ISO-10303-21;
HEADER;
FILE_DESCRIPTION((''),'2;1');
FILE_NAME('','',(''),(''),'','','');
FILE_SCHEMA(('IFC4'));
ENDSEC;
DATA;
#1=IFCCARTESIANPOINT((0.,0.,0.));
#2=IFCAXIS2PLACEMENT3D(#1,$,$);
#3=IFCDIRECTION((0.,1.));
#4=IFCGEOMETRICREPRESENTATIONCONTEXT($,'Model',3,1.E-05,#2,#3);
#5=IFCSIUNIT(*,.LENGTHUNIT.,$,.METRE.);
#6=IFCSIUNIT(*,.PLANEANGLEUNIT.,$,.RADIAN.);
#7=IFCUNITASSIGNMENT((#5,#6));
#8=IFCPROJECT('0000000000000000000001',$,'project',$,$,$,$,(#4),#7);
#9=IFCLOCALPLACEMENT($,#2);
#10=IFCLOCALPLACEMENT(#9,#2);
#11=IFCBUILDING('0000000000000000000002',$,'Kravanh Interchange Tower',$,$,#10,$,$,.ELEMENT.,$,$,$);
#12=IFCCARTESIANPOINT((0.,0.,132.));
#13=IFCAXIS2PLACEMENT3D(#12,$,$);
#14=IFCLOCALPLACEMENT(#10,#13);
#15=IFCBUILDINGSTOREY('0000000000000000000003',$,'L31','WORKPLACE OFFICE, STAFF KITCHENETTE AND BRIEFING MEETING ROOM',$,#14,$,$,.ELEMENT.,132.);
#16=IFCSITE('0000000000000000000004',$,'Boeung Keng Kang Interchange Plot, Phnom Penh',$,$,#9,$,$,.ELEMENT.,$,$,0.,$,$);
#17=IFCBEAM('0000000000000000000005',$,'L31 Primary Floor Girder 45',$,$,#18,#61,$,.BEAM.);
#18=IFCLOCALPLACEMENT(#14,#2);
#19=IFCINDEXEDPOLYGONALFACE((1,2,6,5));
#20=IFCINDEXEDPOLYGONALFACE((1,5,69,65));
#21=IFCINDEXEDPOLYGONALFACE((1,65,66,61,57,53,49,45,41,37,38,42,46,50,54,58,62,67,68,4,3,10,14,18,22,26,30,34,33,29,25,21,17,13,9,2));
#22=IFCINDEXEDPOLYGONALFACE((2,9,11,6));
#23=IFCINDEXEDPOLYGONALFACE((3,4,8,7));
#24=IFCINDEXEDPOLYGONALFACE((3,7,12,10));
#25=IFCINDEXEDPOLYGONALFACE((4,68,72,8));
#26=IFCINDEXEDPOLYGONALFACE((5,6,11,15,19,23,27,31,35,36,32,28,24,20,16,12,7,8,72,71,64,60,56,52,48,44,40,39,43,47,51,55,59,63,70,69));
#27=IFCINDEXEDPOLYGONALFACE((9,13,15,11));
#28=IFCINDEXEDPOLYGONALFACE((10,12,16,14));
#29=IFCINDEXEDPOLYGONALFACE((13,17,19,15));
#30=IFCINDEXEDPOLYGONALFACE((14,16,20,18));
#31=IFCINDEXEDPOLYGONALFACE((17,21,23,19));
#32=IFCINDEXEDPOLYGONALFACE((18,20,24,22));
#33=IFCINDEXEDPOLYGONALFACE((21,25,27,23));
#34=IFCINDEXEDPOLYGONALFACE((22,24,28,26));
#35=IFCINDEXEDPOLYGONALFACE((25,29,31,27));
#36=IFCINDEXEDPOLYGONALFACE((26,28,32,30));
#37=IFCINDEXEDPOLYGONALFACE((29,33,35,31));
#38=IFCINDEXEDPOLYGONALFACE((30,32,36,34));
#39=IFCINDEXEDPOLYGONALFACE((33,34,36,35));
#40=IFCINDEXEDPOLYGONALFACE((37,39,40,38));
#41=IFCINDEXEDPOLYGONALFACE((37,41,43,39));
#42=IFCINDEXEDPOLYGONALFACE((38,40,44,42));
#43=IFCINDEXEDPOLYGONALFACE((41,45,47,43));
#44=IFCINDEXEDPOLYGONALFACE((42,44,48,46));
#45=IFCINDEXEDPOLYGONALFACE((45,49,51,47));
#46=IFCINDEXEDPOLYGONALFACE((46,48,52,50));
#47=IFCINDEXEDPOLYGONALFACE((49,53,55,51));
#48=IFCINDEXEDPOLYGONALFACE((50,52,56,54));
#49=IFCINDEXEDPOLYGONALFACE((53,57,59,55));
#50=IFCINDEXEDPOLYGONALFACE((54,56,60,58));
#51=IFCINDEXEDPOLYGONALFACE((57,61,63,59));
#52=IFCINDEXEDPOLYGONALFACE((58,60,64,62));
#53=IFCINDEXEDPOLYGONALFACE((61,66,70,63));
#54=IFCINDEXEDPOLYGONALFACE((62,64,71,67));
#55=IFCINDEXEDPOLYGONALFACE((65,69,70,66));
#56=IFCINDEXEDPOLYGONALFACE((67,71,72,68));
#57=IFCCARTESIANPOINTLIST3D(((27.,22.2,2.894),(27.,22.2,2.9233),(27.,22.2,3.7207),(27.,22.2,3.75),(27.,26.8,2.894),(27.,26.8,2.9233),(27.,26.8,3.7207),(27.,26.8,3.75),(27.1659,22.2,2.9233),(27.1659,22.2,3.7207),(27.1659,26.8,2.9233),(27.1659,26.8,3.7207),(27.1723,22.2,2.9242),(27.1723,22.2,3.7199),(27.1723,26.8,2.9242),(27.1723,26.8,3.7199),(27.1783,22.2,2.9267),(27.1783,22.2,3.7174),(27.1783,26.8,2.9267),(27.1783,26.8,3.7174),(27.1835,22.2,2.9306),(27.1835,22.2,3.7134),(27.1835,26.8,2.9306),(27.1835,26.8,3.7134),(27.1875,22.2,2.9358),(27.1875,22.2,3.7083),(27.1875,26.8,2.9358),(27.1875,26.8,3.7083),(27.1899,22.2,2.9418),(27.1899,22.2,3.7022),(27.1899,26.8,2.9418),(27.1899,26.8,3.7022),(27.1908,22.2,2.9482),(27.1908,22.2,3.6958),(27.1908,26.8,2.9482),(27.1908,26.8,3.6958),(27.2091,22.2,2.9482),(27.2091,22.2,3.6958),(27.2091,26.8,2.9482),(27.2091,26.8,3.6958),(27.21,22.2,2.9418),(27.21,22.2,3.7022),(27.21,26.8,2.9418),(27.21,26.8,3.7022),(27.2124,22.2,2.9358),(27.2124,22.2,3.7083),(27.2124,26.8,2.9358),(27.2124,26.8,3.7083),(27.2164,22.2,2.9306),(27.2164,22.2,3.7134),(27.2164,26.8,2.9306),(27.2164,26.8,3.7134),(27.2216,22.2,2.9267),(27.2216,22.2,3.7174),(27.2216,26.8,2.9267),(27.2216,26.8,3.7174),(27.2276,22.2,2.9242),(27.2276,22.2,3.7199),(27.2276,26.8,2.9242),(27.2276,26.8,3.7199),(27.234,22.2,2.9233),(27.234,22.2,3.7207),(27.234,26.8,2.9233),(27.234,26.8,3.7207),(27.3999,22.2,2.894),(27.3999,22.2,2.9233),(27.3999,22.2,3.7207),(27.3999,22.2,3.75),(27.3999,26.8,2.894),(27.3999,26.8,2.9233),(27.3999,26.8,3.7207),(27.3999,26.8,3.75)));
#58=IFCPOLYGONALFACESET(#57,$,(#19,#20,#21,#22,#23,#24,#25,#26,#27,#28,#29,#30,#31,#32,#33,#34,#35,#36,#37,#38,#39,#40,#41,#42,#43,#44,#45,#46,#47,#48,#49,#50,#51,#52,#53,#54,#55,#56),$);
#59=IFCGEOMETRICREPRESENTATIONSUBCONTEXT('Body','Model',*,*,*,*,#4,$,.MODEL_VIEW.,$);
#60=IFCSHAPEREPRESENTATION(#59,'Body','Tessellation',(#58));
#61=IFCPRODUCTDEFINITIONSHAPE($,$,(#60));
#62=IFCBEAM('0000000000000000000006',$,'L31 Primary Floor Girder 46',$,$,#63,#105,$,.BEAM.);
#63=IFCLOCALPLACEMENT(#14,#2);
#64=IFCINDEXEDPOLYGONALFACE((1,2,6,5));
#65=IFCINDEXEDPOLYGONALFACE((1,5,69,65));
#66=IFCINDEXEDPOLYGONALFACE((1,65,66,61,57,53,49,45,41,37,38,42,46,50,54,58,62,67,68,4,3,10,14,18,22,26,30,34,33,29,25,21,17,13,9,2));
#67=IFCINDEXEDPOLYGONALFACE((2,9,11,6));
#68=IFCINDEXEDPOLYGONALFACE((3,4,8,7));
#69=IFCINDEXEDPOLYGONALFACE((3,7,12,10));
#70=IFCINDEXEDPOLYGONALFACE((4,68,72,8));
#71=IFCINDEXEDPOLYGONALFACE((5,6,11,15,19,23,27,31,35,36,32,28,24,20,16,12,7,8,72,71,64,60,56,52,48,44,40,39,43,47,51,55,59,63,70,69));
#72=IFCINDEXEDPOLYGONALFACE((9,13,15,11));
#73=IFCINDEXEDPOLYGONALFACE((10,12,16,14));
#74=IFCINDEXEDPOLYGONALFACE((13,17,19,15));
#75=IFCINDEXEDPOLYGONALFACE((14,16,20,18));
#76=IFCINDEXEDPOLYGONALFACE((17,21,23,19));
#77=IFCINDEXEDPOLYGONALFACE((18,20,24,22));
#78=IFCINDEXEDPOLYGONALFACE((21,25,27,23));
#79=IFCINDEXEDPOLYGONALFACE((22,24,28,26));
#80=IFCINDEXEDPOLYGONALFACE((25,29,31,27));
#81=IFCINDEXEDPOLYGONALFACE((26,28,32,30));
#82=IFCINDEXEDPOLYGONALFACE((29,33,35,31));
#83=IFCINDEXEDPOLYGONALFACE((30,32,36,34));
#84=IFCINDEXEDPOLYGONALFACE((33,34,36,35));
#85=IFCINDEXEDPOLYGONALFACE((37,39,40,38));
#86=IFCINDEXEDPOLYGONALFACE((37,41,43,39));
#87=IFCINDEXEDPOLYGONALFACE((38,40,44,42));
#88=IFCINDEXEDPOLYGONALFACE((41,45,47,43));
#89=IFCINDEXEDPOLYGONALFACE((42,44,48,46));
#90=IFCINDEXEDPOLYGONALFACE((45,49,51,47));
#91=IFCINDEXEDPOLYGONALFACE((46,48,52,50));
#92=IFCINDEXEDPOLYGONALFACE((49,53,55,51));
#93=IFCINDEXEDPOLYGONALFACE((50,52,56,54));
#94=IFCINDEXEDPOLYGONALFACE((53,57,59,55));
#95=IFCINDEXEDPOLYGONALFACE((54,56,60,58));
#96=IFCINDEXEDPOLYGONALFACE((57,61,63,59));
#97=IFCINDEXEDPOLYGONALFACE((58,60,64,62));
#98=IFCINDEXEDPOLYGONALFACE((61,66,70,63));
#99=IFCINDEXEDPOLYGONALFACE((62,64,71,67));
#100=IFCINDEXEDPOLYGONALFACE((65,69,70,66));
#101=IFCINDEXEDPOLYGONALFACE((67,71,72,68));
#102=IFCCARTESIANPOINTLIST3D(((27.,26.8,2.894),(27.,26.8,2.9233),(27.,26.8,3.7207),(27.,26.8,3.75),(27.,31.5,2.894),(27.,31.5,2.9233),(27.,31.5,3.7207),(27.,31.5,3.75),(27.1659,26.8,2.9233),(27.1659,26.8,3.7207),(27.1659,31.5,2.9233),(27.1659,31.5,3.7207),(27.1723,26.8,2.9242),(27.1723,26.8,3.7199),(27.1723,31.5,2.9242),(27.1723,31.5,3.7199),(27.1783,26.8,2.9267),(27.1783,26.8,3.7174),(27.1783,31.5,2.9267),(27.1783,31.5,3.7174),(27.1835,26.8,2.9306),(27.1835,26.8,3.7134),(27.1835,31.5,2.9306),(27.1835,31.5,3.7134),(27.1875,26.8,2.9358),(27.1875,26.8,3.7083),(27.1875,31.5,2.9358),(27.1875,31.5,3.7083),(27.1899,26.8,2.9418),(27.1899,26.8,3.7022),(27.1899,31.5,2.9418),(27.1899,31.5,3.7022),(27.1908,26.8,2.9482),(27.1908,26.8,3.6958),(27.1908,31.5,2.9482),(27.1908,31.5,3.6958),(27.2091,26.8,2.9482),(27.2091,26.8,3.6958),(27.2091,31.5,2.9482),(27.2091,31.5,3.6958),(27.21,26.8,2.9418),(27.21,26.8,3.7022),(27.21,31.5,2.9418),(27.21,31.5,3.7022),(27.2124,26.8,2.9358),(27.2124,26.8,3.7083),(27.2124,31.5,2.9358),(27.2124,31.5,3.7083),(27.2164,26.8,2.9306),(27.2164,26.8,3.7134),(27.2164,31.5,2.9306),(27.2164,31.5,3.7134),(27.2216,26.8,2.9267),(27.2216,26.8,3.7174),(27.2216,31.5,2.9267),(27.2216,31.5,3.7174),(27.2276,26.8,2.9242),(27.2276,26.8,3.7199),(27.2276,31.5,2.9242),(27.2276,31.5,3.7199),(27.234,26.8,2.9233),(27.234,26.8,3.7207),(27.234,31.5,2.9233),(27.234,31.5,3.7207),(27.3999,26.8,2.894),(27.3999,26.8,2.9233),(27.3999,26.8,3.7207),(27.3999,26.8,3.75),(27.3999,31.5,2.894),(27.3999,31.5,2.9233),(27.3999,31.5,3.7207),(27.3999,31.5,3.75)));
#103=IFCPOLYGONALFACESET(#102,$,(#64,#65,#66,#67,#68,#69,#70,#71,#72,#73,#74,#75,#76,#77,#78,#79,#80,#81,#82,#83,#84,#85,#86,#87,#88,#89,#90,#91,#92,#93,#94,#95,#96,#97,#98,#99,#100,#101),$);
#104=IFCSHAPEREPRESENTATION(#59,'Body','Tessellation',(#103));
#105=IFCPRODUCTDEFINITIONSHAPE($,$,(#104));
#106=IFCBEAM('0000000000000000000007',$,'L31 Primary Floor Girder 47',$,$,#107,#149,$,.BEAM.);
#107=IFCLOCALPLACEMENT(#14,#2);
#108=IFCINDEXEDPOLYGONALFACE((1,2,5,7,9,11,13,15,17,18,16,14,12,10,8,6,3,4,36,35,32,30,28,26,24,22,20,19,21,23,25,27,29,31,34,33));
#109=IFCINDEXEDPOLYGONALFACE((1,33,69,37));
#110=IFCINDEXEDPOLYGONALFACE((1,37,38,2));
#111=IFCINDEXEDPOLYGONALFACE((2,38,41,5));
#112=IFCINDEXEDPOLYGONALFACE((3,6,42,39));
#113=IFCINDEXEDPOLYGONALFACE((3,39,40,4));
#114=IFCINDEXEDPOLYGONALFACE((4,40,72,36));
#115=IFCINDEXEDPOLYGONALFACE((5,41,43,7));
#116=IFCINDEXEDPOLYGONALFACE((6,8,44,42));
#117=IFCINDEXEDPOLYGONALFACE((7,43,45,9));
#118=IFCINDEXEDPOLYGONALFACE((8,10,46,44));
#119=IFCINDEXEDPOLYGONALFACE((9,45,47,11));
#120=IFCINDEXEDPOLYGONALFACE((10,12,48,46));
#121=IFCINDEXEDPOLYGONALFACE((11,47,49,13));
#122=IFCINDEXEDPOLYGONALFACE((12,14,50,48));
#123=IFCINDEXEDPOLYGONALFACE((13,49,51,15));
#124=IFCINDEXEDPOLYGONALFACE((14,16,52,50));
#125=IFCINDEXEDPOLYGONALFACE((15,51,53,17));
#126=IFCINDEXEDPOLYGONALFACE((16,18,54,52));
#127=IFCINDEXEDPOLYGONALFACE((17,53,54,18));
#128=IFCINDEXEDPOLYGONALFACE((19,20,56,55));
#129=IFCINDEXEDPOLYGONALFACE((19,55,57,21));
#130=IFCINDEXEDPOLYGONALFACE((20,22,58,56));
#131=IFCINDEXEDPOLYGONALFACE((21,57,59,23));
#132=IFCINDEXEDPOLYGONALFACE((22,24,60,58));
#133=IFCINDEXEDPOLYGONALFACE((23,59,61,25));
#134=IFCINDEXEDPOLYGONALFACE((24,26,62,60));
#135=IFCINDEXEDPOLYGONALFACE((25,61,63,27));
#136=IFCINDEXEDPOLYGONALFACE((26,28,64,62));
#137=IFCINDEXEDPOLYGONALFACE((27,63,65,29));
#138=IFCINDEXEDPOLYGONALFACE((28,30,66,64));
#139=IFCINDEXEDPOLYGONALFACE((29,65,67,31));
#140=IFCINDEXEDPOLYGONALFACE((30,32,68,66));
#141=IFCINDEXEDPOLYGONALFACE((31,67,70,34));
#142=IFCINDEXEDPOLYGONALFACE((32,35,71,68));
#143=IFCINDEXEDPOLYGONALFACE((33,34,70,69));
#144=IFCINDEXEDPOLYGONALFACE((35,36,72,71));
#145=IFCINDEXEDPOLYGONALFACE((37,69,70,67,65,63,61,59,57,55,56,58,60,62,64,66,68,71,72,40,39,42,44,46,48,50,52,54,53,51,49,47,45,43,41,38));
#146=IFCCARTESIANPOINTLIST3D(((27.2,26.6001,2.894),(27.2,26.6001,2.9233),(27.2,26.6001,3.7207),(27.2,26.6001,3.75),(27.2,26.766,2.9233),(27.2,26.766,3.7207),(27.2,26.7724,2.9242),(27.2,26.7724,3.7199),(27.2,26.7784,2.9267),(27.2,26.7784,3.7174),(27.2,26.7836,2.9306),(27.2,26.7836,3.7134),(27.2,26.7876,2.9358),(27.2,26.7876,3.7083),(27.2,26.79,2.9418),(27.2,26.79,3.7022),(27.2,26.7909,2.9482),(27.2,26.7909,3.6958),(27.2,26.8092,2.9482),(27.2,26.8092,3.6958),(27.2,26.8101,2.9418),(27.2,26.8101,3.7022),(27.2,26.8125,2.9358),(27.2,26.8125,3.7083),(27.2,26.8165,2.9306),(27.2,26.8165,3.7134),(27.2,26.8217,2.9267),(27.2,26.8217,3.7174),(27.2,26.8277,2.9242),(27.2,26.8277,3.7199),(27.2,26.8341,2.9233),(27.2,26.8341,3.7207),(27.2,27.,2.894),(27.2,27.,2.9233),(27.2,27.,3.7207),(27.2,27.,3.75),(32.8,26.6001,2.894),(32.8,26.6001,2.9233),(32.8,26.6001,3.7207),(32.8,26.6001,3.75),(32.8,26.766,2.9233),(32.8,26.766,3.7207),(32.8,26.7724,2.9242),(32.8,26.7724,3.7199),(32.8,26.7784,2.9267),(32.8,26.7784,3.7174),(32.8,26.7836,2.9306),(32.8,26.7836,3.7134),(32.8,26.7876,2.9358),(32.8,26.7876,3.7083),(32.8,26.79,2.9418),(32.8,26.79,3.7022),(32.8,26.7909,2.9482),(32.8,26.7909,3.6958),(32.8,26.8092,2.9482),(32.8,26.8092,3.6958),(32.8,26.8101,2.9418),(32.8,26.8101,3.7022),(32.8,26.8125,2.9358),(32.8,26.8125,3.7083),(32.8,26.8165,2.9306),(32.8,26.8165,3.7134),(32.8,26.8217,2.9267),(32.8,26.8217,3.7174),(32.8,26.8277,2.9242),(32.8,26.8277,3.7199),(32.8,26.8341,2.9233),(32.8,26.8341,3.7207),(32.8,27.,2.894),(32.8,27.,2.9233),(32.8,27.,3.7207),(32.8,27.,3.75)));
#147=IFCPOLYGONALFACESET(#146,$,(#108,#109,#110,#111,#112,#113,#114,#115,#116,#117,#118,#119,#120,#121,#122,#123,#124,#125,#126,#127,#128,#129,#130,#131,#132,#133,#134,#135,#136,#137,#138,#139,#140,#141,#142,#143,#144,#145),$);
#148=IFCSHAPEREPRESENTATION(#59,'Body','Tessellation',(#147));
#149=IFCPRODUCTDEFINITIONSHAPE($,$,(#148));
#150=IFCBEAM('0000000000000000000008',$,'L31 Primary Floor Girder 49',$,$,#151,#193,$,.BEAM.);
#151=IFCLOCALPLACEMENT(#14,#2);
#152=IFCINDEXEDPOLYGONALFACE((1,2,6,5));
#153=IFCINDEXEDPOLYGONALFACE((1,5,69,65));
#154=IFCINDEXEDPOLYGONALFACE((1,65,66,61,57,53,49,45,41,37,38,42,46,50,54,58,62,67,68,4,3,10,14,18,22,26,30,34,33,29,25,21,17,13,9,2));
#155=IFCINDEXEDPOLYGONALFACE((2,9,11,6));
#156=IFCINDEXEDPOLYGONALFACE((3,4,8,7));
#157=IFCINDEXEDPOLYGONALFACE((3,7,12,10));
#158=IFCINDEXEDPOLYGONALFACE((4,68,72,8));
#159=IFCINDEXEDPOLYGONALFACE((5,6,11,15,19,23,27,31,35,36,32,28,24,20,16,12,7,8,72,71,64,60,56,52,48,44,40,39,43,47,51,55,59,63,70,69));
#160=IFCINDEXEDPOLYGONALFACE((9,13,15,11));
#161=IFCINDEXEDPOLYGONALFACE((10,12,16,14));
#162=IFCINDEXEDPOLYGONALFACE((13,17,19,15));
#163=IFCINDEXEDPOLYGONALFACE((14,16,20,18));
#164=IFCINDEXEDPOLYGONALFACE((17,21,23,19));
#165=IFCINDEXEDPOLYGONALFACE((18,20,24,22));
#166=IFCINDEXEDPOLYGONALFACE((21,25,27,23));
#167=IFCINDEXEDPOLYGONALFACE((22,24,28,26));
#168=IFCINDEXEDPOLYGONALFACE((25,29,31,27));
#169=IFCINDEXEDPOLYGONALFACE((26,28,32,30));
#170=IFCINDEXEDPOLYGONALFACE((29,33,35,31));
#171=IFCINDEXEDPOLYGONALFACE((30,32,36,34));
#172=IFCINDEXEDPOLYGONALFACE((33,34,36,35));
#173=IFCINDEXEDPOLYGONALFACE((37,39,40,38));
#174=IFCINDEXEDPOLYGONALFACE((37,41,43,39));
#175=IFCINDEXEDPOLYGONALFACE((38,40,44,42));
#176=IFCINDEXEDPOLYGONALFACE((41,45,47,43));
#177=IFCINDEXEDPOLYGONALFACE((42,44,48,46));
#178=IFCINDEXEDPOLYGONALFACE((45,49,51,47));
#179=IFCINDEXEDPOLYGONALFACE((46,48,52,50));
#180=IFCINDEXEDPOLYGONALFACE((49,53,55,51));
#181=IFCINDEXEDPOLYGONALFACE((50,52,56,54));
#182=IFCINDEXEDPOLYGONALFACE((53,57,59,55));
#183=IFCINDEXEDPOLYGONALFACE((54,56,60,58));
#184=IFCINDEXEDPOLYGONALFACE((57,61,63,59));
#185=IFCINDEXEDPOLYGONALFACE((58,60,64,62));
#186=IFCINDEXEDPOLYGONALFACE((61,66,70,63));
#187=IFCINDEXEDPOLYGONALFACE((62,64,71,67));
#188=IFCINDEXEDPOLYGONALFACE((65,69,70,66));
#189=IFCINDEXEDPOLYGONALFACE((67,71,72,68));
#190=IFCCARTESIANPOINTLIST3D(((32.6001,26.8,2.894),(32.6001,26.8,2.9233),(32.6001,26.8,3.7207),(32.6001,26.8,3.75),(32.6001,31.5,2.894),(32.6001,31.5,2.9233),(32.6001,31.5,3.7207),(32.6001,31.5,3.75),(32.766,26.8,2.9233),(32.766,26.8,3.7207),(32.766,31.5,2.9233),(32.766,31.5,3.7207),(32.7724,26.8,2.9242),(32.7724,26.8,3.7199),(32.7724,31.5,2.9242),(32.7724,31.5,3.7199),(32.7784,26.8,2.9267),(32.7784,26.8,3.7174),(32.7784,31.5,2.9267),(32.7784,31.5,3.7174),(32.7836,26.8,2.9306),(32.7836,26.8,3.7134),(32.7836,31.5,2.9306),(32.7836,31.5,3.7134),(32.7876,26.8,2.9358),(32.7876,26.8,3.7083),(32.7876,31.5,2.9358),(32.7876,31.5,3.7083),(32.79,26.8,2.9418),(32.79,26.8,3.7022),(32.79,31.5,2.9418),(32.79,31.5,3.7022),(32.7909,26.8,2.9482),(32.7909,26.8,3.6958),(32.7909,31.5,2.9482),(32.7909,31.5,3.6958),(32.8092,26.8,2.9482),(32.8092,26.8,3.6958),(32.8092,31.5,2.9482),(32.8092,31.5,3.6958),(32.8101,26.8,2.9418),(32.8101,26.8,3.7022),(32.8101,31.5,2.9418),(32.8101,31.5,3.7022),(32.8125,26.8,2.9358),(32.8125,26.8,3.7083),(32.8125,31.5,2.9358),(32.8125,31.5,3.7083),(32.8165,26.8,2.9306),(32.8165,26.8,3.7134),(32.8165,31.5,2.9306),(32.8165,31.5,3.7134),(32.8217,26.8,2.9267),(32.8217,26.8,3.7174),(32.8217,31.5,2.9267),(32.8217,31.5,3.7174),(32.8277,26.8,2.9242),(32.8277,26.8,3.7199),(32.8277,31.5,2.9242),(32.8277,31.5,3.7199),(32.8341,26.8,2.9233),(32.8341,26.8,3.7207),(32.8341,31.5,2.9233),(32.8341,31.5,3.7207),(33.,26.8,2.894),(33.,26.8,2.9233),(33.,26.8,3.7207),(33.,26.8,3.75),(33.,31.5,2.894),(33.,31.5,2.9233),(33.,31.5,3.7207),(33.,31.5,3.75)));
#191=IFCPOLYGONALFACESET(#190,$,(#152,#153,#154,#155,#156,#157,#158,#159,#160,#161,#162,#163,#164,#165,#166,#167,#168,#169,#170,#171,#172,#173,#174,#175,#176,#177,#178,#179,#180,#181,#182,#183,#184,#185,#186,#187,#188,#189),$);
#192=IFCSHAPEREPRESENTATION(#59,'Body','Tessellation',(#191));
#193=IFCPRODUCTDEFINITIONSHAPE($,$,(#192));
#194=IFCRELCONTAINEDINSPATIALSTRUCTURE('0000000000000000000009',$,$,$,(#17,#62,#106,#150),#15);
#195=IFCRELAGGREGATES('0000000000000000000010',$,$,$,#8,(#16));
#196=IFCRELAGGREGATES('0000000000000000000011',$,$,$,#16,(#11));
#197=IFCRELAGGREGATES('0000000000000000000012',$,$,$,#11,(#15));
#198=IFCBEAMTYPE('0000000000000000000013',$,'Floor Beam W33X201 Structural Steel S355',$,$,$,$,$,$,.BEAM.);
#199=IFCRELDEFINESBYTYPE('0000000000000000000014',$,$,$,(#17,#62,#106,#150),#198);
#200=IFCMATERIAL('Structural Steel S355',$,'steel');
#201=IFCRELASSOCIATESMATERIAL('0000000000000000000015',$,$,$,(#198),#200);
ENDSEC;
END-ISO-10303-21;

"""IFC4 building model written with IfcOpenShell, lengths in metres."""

from ifc_helpers import new_model, si_unit, direction, frame, origin, origin_2d, place, context, subcontext, project, spatial, i_section, extrude, material, material_profile, profile_set, type_object, element, save


model = new_model("IFC4")

# Units and contexts
model_context = context("Model", 3, precision=1e-05, world=origin(), true_north=direction((0.0, 1.0)))
body_context = subcontext(model_context, "Body", "Model", "MODEL_VIEW")
ifc_project = project(units=[si_unit("LENGTHUNIT", "METRE"), si_unit("PLANEANGLEUNIT", "RADIAN")], contexts=[model_context])

# Site, building, storey
site_placement = place(None, origin())
site = spatial("IfcSite", under=ifc_project, at=site_placement, Name="Boeung Keng Kang Interchange Plot, Phnom Penh", CompositionType="ELEMENT", RefElevation=0.0)
building_placement = place(site_placement, origin())
building = spatial("IfcBuilding", under=site, at=building_placement, Name="Kravanh Interchange Tower", CompositionType="ELEMENT")
storey_placement = place(building_placement, frame((0.0, 0.0, 132.0)))
storey = spatial("IfcBuildingStorey", under=building, at=storey_placement, Name="L31", Description="WORKPLACE OFFICE, STAFF KITCHENETTE AND BRIEFING MEETING ROOM", CompositionType="ELEMENT", Elevation=132.0)

# Beams
ifc_material_1 = material(Name="Structural Steel S355", Category="steel")
ifc_material_profile_1 = material_profile(ifc_material_1, i_section(OverallWidth=0.3999, OverallDepth=0.856, WebThickness=0.0183, FlangeThickness=0.0293, FilletRadius=0.0249, at=origin_2d()), Name="W33X201")
ifc_profile_set_1 = profile_set([ifc_material_profile_1], Name="Structural Steel S355")
beam_type_1 = type_object("IfcBeamType", Name="Floor Beam W33X201 Structural Steel S355", PredefinedType="BEAM", material=ifc_profile_set_1)
beam_1_placement = place(storey_placement, frame((27.2, 26.8, 3.322), z_axis=(0.0, -1.0, 0.0), x_axis=(1.0, 0.0, 0.0)))
element("IfcBeam", 1, at=beam_1_placement, inside=storey, type_object=beam_type_1, Name="L31 Primary Floor Girder 45", PredefinedType="BEAM", context=body_context, shape_type="SweptSolid", body=[
    extrude(i_section(OverallWidth=0.3999, OverallDepth=0.856, WebThickness=0.0183, FlangeThickness=0.0293, FilletRadius=0.0249, at=origin_2d()), origin(), (0.0, 0.0, 1.0), 4.6001),
])
beam_2_placement = place(storey_placement, frame((27.2, 26.8, 3.322), z_axis=(0.0, 1.0, 0.0), x_axis=(-1.0, 0.0, 0.0)))
element("IfcBeam", 2, at=beam_2_placement, inside=storey, type_object=beam_type_1, Name="L31 Primary Floor Girder 46", PredefinedType="BEAM", context=body_context, shape_type="SweptSolid", body=[
    extrude(i_section(OverallWidth=0.3999, OverallDepth=0.856, WebThickness=0.0183, FlangeThickness=0.0293, FilletRadius=0.0249, at=origin_2d()), origin(), (0.0, 0.0, 1.0), 4.7),
])
beam_3_placement = place(storey_placement, frame((27.2, 26.8, 3.322), z_axis=(1.0, 0.0, 0.0), x_axis=(0.0, 1.0, 0.0)))
element("IfcBeam", 3, at=beam_3_placement, inside=storey, type_object=beam_type_1, Name="L31 Primary Floor Girder 47", PredefinedType="BEAM", context=body_context, shape_type="SweptSolid", body=[
    extrude(i_section(OverallWidth=0.3999, OverallDepth=0.856, WebThickness=0.0183, FlangeThickness=0.0293, FilletRadius=0.0249, at=origin_2d()), origin(), (0.0, 0.0, 1.0), 5.6001),
])
beam_4_placement = place(storey_placement, frame((32.8, 26.8, 3.322), z_axis=(0.0, 1.0, 0.0), x_axis=(-1.0, 0.0, 0.0)))
element("IfcBeam", 4, at=beam_4_placement, inside=storey, type_object=beam_type_1, Name="L31 Primary Floor Girder 49", PredefinedType="BEAM", context=body_context, shape_type="SweptSolid", body=[
    extrude(i_section(OverallWidth=0.3999, OverallDepth=0.856, WebThickness=0.0183, FlangeThickness=0.0293, FilletRadius=0.0249, at=origin_2d()), origin(), (0.0, 0.0, 1.0), 4.7),
])

save(model, "model.ifc")
